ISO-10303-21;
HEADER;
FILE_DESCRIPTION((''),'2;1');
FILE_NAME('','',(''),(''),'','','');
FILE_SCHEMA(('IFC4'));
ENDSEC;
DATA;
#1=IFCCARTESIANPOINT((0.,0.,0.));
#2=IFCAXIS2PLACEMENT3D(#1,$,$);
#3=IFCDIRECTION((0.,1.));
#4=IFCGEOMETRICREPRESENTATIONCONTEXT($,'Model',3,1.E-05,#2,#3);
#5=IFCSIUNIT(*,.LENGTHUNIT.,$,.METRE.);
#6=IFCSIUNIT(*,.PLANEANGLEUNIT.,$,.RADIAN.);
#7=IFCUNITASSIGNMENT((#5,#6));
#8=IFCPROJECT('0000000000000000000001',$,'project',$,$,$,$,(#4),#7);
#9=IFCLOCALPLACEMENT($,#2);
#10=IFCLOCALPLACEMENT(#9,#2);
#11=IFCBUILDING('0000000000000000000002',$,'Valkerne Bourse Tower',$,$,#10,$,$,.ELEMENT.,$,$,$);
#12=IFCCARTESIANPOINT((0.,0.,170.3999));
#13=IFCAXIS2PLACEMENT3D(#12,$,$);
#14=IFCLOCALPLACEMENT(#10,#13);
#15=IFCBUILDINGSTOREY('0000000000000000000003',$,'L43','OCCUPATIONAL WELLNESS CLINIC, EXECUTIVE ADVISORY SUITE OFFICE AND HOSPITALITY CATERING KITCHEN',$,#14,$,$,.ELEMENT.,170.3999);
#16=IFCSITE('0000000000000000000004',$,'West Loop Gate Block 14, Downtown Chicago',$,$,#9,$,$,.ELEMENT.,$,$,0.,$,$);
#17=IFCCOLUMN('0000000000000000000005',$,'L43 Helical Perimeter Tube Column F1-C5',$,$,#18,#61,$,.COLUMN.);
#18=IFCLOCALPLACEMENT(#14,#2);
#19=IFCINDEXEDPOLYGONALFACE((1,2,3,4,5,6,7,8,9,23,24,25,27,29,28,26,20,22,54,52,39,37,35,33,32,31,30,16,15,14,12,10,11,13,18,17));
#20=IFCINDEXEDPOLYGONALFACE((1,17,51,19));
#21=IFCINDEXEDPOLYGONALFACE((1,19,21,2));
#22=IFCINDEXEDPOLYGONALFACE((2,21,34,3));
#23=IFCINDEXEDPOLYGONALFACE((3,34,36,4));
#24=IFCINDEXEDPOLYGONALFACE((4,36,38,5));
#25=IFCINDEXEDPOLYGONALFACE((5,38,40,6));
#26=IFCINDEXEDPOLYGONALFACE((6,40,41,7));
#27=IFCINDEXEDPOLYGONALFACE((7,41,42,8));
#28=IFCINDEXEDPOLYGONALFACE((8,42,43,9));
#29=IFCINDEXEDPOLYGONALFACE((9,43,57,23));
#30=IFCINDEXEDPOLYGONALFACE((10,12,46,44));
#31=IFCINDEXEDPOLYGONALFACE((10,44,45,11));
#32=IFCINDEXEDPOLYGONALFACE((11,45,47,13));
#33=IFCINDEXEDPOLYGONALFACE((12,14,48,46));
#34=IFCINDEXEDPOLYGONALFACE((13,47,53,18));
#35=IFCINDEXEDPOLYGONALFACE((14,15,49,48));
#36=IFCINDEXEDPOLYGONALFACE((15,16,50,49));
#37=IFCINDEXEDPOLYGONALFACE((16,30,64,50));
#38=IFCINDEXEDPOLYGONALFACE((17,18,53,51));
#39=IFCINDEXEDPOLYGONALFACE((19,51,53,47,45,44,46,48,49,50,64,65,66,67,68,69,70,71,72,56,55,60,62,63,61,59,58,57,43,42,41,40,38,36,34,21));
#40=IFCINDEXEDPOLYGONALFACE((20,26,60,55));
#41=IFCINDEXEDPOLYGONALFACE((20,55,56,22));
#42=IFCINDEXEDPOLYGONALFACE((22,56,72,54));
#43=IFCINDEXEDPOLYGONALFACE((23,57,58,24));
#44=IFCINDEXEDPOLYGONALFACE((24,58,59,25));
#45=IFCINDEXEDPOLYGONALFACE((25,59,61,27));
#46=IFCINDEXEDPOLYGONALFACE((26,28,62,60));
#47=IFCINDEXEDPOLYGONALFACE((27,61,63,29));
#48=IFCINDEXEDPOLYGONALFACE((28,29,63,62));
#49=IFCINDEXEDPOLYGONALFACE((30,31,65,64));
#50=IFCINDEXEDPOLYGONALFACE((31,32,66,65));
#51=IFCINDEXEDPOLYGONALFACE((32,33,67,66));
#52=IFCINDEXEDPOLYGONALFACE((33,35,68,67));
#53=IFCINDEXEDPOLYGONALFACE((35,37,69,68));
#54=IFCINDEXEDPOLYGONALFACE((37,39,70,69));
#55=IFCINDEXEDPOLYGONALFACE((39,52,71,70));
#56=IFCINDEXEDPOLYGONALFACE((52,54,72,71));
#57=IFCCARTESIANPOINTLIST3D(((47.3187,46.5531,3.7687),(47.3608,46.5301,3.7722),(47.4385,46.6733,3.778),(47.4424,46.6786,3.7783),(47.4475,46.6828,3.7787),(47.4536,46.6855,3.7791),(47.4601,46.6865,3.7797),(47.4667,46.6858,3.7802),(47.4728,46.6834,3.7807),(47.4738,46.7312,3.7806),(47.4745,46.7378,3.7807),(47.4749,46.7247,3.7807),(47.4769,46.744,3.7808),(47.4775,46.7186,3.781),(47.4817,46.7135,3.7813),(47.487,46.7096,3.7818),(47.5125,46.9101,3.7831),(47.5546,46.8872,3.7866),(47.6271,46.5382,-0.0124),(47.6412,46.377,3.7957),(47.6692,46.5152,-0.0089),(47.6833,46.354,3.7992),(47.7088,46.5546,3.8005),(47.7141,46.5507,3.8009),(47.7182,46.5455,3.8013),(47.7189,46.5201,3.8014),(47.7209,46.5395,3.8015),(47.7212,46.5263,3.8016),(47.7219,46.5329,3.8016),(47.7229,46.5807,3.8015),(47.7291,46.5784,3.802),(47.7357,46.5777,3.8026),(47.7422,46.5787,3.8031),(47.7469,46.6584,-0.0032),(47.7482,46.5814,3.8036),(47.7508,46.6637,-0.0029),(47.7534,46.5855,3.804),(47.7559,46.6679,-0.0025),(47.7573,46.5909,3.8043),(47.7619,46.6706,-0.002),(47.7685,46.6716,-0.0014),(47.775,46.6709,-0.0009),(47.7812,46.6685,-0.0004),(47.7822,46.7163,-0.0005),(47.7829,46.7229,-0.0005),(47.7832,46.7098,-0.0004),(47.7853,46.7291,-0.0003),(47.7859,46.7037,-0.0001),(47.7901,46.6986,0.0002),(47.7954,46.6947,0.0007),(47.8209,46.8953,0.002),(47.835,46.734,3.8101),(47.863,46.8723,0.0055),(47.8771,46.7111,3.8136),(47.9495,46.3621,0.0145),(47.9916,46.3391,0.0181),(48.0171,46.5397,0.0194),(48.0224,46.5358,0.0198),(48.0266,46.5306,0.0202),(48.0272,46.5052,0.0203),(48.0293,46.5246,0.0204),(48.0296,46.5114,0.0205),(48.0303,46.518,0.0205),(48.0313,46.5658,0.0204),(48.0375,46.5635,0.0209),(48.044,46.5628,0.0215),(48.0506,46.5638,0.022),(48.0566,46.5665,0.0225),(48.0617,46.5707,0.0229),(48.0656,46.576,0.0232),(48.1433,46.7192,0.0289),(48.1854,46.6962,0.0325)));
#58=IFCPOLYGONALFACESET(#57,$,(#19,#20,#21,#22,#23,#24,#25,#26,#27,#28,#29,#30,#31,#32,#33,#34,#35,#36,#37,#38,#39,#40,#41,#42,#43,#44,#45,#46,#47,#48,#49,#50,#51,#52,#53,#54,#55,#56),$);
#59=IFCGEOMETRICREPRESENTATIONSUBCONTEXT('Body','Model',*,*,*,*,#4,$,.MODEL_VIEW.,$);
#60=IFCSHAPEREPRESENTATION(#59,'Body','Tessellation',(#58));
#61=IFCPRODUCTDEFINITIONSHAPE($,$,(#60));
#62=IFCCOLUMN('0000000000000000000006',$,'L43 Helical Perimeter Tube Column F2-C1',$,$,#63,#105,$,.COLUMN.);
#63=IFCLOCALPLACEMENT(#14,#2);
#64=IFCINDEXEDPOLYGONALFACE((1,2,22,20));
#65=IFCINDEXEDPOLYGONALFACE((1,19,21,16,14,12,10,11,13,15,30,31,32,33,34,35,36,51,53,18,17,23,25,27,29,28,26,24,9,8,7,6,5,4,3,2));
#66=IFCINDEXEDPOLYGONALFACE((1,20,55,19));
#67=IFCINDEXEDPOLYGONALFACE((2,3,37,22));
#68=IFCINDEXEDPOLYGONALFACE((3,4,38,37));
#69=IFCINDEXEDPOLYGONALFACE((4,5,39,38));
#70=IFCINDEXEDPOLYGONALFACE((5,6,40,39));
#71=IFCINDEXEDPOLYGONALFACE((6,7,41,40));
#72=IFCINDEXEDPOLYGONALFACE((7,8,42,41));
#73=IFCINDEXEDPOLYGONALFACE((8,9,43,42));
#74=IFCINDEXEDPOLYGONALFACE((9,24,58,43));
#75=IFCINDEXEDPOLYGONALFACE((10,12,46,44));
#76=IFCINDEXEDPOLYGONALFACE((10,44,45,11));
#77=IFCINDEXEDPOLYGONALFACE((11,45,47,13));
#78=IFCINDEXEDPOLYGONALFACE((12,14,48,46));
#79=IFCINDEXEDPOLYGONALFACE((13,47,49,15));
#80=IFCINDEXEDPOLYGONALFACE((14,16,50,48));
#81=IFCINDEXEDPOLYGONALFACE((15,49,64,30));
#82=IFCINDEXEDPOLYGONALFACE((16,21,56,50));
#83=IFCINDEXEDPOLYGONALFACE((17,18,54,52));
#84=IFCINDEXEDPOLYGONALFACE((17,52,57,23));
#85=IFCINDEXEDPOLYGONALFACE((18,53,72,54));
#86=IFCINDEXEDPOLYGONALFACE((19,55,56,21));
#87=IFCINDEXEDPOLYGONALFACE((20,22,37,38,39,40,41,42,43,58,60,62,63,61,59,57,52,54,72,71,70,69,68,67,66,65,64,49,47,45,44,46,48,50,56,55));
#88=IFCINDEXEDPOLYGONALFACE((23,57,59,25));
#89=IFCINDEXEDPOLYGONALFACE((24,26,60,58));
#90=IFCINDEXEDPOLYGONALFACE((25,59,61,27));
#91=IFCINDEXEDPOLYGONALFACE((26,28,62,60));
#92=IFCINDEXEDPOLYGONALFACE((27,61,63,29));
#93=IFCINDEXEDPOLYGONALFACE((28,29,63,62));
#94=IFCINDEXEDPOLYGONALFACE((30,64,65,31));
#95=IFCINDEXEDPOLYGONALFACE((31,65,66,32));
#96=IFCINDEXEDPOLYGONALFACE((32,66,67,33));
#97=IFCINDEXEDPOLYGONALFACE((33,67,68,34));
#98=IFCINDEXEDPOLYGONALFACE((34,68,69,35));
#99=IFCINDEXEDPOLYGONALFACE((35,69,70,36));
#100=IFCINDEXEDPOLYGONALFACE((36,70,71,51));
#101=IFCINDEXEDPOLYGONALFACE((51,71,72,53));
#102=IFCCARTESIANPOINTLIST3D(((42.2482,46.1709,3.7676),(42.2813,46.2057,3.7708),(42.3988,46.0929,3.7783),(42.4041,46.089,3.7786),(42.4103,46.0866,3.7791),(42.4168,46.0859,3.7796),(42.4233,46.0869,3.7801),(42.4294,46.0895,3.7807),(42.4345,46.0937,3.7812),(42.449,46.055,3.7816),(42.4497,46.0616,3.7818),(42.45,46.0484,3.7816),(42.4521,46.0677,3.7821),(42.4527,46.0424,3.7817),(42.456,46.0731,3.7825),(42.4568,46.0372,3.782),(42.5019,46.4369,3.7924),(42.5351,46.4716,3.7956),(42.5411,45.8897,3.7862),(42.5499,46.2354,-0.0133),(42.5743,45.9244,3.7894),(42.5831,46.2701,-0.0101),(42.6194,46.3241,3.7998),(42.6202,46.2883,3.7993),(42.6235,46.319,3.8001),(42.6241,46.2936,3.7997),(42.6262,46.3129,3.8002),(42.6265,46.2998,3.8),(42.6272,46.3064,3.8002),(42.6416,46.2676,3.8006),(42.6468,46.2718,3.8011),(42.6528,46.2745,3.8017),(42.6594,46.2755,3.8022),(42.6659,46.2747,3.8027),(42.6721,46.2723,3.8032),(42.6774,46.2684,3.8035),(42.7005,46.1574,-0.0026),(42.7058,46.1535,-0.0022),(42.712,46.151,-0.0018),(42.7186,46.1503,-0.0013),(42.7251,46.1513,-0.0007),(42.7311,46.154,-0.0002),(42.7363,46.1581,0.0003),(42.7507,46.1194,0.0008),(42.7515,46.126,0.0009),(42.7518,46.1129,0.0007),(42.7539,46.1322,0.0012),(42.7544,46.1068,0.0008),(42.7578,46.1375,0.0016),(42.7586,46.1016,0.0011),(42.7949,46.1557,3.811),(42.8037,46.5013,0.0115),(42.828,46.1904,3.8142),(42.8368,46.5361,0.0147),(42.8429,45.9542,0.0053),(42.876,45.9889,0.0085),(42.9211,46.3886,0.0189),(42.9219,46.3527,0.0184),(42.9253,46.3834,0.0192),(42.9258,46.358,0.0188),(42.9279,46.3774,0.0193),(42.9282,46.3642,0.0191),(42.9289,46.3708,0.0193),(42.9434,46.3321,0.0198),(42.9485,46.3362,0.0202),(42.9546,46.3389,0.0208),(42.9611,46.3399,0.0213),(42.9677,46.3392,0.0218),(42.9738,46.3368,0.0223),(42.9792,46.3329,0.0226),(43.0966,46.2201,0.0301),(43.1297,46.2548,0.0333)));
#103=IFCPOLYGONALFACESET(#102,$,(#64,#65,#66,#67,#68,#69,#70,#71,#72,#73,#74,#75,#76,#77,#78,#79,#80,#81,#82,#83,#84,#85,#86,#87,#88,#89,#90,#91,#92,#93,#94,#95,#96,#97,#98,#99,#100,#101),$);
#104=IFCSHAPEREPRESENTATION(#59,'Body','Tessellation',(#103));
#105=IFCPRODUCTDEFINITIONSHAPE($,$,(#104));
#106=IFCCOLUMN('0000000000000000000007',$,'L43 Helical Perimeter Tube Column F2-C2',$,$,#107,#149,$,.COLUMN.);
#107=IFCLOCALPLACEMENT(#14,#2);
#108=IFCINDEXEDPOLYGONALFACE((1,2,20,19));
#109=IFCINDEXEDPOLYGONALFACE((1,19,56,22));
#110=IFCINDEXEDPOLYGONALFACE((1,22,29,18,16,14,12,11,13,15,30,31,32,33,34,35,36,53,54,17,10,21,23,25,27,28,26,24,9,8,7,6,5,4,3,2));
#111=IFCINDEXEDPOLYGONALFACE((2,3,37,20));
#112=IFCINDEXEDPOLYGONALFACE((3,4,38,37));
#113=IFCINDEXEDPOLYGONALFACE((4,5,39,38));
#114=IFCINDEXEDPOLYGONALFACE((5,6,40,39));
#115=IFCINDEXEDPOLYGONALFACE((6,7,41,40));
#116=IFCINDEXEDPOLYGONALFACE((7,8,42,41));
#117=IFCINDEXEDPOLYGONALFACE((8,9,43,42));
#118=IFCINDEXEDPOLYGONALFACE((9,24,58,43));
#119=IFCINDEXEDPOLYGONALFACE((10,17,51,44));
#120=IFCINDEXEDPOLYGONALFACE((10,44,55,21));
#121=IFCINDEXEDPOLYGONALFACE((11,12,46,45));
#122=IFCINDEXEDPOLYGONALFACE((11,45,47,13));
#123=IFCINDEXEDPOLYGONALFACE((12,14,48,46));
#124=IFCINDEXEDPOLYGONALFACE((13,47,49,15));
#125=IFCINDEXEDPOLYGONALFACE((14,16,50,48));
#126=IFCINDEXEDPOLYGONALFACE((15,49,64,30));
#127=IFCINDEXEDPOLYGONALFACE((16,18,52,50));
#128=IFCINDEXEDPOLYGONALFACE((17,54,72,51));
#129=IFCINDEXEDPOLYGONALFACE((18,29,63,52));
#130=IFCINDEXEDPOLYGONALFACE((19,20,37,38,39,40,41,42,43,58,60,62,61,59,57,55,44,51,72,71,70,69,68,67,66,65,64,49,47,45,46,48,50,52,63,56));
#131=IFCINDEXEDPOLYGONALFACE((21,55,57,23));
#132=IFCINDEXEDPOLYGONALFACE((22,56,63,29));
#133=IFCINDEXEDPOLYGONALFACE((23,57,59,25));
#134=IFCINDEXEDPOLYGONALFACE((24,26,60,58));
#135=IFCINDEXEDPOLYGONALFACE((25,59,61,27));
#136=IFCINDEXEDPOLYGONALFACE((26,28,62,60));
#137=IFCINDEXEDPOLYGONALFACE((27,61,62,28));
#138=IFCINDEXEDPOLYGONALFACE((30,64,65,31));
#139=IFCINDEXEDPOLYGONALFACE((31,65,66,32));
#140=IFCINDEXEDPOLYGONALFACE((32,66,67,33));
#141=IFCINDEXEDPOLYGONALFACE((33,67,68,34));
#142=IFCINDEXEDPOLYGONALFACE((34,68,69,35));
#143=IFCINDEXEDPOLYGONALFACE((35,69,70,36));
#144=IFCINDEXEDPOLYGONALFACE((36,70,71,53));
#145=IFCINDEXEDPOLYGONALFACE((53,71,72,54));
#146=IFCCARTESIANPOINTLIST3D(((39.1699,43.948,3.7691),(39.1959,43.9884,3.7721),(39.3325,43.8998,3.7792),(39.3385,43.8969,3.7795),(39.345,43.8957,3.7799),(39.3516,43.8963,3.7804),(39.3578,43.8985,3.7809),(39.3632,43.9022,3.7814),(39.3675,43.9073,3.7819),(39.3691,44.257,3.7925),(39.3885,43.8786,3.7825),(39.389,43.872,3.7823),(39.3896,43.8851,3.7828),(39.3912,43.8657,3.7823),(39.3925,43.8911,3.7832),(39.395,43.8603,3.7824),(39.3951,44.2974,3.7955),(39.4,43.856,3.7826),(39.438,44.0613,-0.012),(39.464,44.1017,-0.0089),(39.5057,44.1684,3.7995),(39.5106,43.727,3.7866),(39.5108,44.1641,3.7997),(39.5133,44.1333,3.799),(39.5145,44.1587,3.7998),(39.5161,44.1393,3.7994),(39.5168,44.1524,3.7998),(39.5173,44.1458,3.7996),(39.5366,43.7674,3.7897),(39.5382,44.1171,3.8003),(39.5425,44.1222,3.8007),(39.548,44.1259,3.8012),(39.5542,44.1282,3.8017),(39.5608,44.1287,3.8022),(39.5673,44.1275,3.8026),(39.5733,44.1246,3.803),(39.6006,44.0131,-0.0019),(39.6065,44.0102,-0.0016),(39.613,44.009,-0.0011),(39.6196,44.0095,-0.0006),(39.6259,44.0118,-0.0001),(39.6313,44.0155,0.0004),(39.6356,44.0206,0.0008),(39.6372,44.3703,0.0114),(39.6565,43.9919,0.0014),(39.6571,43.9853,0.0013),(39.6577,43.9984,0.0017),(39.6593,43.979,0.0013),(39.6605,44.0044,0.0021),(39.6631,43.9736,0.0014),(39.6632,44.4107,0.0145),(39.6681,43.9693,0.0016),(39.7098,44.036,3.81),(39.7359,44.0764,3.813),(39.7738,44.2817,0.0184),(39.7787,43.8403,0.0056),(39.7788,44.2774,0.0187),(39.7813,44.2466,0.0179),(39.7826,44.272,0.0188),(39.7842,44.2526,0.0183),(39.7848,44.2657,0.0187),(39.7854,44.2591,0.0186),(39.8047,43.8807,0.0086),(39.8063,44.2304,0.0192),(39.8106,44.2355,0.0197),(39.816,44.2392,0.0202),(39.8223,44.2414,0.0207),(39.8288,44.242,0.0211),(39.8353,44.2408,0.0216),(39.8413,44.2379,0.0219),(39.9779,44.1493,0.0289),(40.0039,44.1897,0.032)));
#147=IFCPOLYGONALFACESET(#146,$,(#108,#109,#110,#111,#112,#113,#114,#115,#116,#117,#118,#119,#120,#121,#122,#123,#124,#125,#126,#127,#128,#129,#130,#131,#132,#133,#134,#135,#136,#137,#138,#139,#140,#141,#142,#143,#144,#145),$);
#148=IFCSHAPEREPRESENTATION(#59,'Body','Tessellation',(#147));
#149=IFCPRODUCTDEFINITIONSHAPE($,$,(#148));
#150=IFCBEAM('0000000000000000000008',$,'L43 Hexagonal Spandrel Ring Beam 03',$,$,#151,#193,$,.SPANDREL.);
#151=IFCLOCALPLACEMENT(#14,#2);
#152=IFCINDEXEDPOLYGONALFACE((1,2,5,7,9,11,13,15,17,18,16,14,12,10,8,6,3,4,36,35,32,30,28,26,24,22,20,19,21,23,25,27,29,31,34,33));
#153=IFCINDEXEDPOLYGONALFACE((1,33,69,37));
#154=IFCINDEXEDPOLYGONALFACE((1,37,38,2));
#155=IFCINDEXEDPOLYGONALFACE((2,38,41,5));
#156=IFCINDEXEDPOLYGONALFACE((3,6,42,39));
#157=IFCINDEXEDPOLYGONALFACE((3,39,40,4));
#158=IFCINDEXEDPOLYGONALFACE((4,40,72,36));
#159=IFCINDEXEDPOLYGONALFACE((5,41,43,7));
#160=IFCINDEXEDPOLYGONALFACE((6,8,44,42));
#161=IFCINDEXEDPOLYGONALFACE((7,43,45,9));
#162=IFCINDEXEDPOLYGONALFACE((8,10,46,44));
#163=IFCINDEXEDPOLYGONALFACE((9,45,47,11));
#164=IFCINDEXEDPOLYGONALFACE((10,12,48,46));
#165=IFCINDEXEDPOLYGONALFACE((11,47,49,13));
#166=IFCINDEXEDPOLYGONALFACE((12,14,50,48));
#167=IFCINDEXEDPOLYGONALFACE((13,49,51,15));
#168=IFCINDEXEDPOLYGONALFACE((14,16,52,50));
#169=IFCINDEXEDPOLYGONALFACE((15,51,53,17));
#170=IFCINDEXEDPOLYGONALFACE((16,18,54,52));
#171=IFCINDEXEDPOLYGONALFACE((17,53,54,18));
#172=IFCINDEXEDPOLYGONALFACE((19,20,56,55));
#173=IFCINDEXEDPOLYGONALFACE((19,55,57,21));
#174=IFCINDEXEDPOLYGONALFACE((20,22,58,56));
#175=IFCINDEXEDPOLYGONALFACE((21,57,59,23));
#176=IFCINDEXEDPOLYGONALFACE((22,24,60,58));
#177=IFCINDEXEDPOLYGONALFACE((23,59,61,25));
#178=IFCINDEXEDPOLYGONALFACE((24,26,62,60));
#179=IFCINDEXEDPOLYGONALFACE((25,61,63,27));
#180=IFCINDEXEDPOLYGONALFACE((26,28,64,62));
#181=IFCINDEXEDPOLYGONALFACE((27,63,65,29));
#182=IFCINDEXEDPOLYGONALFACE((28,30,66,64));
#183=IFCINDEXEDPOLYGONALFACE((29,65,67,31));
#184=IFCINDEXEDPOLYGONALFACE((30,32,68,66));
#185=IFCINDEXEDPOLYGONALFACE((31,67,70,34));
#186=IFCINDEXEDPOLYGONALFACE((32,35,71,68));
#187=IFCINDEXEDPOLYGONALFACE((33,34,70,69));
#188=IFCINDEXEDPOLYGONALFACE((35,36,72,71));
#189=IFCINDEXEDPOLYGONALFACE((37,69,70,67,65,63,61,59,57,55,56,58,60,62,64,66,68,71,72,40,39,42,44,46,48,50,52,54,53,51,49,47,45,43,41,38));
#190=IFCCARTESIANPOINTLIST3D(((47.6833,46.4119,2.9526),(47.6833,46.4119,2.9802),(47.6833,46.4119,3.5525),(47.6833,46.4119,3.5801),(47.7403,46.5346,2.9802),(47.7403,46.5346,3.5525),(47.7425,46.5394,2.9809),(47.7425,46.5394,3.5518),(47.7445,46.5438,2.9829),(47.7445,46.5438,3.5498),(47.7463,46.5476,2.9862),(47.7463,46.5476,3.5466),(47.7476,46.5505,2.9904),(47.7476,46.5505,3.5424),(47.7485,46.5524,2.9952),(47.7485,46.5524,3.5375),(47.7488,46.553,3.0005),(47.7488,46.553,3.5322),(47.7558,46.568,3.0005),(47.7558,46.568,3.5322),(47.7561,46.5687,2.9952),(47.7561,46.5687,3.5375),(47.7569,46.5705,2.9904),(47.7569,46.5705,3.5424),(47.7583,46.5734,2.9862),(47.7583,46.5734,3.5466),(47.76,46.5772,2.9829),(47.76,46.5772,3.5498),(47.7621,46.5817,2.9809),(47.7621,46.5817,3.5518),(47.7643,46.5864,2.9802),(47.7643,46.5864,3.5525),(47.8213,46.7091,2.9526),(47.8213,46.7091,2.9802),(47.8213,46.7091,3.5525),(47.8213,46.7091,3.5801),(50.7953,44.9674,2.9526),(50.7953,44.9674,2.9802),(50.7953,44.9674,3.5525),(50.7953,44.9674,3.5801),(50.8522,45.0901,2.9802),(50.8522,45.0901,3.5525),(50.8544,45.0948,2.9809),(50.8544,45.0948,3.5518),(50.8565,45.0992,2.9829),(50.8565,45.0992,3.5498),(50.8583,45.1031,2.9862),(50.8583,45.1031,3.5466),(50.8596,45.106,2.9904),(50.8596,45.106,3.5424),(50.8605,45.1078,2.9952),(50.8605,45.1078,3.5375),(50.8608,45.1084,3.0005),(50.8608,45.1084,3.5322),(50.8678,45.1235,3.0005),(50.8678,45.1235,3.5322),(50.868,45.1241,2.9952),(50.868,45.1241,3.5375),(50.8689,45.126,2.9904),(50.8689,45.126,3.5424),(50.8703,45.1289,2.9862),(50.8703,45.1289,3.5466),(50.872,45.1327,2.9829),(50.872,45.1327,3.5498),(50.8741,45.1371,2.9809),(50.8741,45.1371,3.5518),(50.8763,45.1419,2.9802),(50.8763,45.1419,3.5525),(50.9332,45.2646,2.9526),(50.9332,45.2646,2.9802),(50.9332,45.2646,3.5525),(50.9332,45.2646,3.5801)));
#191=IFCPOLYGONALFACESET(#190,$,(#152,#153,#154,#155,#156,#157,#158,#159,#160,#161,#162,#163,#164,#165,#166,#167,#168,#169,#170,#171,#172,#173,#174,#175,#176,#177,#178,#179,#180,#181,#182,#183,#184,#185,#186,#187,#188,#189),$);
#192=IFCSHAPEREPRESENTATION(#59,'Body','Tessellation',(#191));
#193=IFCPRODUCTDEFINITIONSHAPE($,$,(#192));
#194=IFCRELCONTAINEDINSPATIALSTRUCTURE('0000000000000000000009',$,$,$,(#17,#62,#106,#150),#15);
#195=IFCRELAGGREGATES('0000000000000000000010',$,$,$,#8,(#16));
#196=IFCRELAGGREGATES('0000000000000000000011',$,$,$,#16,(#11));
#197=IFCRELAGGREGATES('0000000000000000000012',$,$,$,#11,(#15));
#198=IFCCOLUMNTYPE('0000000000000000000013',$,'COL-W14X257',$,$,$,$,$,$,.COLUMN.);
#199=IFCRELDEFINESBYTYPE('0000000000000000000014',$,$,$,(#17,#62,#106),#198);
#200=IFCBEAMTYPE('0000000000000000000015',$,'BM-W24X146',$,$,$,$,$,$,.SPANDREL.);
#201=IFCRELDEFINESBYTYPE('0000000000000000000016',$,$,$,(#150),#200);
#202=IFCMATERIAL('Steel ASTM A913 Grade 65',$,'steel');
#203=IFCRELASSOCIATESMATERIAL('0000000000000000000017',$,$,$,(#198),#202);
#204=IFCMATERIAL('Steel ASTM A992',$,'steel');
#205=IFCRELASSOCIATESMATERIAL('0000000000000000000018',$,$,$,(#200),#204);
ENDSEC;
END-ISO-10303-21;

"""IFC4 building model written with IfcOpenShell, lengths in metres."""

from ifc_helpers import new_model, si_unit, direction, frame, origin, origin_2d, place, context, subcontext, project, spatial, i_section, extrude, material, material_profile, profile_set, type_object, element, save


model = new_model("IFC4")

# Units and contexts
model_context = context("Model", 3, precision=1e-05, world=origin(), true_north=direction((0.0, 1.0)))
body_context = subcontext(model_context, "Body", "Model", "MODEL_VIEW")
ifc_project = project(units=[si_unit("LENGTHUNIT", "METRE"), si_unit("PLANEANGLEUNIT", "RADIAN")], contexts=[model_context])

# Site, building, storey
site_placement = place(None, origin())
site = spatial("IfcSite", under=ifc_project, at=site_placement, Name="West Loop Gate Block 14, Downtown Chicago", CompositionType="ELEMENT", RefElevation=0.0)
building_placement = place(site_placement, origin())
building = spatial("IfcBuilding", under=site, at=building_placement, Name="Valkerne Bourse Tower", CompositionType="ELEMENT")
storey_placement = place(building_placement, frame((0.0, 0.0, 170.3999)))
storey = spatial("IfcBuildingStorey", under=building, at=storey_placement, Name="L43", Description="OCCUPATIONAL WELLNESS CLINIC, EXECUTIVE ADVISORY SUITE OFFICE AND HOSPITALITY CATERING KITCHEN", CompositionType="ELEMENT", Elevation=170.3999)

# Columns
ifc_material_1 = material(Name="Steel ASTM A913 Grade 65", Category="steel")
ifc_material_profile_1 = material_profile(ifc_material_1, i_section(OverallWidth=0.4065, OverallDepth=0.4165, WebThickness=0.0298, FlangeThickness=0.0481, FilletRadius=0.0254, at=origin_2d()), Name="W14X257")
ifc_profile_set_1 = profile_set([ifc_material_profile_1], Name="Steel ASTM A913 Grade 65")
column_type = type_object("IfcColumnType", Name="COL-W14X257", PredefinedType="COLUMN", material=ifc_profile_set_1)
column_1_placement = place(storey_placement, frame((47.9062, 46.6172, 0.01), z_axis=(-0.081282, 0.003926, 0.996683), x_axis=(0.476715, 0.878344, 0.035418)))
element("IfcColumn", 1, at=column_1_placement, inside=storey, type_object=column_type, Name="L43 Helical Perimeter Tube Column F1-C5", PredefinedType="COLUMN", context=body_context, shape_type="SweptSolid", body=[
    extrude(i_section(OverallWidth=0.4065, OverallDepth=0.4165, WebThickness=0.0298, FlangeThickness=0.0481, FilletRadius=0.0254, at=origin_2d()), origin(), (0.0, 0.0, 1.0), 3.7937),
])
column_2_placement = place(storey_placement, frame((42.8398, 46.2451, 0.01), z_axis=(-0.079544, -0.01699, 0.996687), x_axis=(-0.720624, 0.691817, -0.045719)))
element("IfcColumn", 2, at=column_2_placement, inside=storey, type_object=column_type, Name="L43 Helical Perimeter Tube Column F2-C1", PredefinedType="COLUMN", context=body_context, shape_type="SweptSolid", body=[
    extrude(i_section(OverallWidth=0.4065, OverallDepth=0.4165, WebThickness=0.0298, FlangeThickness=0.0481, FilletRadius=0.0254, at=origin_2d()), origin(), (0.0, 0.0, 1.0), 3.7935),
])
column_3_placement = place(storey_placement, frame((39.7209, 44.1255, 0.01), z_axis=(-0.070689, -0.029872, 0.997051), x_axis=(-0.838171, 0.543699, -0.043135)))
element("IfcColumn", 3, at=column_3_placement, inside=storey, type_object=column_type, Name="L43 Helical Perimeter Tube Column F2-C2", PredefinedType="COLUMN", context=body_context, shape_type="SweptSolid", body=[
    extrude(i_section(OverallWidth=0.4065, OverallDepth=0.4165, WebThickness=0.0298, FlangeThickness=0.0481, FilletRadius=0.0254, at=origin_2d()), origin(), (0.0, 0.0, 1.0), 3.7922),
])

# Beam
ifc_material_2 = material(Name="Steel ASTM A992", Category="steel")
ifc_material_profile_2 = material_profile(ifc_material_2, i_section(OverallWidth=0.3276, OverallDepth=0.6274, WebThickness=0.0166, FlangeThickness=0.0276, FilletRadius=0.0203, at=origin_2d()), Name="W24X146")
ifc_profile_set_2 = profile_set([ifc_material_profile_2], Name="Steel ASTM A992")
beam_type_1 = type_object("IfcBeamType", Name="BM-W24X146", PredefinedType="SPANDREL", material=ifc_profile_set_2)
beam_1_placement = place(storey_placement, frame((50.8643, 45.116, 3.2664), z_axis=(-0.907043, 0.421038, 0.0), x_axis=(-0.421038, -0.907043, 0.0)))
element("IfcBeam", 4, at=beam_1_placement, inside=storey, type_object=beam_type_1, Name="L43 Hexagonal Spandrel Ring Beam 03", PredefinedType="SPANDREL", context=body_context, shape_type="SweptSolid", body=[
    extrude(i_section(OverallWidth=0.3276, OverallDepth=0.6274, WebThickness=0.0166, FlangeThickness=0.0276, FilletRadius=0.0203, at=origin_2d()), origin(), (0.0, 0.0, 1.0), 3.4309),
])

save(model, "model.ifc")
